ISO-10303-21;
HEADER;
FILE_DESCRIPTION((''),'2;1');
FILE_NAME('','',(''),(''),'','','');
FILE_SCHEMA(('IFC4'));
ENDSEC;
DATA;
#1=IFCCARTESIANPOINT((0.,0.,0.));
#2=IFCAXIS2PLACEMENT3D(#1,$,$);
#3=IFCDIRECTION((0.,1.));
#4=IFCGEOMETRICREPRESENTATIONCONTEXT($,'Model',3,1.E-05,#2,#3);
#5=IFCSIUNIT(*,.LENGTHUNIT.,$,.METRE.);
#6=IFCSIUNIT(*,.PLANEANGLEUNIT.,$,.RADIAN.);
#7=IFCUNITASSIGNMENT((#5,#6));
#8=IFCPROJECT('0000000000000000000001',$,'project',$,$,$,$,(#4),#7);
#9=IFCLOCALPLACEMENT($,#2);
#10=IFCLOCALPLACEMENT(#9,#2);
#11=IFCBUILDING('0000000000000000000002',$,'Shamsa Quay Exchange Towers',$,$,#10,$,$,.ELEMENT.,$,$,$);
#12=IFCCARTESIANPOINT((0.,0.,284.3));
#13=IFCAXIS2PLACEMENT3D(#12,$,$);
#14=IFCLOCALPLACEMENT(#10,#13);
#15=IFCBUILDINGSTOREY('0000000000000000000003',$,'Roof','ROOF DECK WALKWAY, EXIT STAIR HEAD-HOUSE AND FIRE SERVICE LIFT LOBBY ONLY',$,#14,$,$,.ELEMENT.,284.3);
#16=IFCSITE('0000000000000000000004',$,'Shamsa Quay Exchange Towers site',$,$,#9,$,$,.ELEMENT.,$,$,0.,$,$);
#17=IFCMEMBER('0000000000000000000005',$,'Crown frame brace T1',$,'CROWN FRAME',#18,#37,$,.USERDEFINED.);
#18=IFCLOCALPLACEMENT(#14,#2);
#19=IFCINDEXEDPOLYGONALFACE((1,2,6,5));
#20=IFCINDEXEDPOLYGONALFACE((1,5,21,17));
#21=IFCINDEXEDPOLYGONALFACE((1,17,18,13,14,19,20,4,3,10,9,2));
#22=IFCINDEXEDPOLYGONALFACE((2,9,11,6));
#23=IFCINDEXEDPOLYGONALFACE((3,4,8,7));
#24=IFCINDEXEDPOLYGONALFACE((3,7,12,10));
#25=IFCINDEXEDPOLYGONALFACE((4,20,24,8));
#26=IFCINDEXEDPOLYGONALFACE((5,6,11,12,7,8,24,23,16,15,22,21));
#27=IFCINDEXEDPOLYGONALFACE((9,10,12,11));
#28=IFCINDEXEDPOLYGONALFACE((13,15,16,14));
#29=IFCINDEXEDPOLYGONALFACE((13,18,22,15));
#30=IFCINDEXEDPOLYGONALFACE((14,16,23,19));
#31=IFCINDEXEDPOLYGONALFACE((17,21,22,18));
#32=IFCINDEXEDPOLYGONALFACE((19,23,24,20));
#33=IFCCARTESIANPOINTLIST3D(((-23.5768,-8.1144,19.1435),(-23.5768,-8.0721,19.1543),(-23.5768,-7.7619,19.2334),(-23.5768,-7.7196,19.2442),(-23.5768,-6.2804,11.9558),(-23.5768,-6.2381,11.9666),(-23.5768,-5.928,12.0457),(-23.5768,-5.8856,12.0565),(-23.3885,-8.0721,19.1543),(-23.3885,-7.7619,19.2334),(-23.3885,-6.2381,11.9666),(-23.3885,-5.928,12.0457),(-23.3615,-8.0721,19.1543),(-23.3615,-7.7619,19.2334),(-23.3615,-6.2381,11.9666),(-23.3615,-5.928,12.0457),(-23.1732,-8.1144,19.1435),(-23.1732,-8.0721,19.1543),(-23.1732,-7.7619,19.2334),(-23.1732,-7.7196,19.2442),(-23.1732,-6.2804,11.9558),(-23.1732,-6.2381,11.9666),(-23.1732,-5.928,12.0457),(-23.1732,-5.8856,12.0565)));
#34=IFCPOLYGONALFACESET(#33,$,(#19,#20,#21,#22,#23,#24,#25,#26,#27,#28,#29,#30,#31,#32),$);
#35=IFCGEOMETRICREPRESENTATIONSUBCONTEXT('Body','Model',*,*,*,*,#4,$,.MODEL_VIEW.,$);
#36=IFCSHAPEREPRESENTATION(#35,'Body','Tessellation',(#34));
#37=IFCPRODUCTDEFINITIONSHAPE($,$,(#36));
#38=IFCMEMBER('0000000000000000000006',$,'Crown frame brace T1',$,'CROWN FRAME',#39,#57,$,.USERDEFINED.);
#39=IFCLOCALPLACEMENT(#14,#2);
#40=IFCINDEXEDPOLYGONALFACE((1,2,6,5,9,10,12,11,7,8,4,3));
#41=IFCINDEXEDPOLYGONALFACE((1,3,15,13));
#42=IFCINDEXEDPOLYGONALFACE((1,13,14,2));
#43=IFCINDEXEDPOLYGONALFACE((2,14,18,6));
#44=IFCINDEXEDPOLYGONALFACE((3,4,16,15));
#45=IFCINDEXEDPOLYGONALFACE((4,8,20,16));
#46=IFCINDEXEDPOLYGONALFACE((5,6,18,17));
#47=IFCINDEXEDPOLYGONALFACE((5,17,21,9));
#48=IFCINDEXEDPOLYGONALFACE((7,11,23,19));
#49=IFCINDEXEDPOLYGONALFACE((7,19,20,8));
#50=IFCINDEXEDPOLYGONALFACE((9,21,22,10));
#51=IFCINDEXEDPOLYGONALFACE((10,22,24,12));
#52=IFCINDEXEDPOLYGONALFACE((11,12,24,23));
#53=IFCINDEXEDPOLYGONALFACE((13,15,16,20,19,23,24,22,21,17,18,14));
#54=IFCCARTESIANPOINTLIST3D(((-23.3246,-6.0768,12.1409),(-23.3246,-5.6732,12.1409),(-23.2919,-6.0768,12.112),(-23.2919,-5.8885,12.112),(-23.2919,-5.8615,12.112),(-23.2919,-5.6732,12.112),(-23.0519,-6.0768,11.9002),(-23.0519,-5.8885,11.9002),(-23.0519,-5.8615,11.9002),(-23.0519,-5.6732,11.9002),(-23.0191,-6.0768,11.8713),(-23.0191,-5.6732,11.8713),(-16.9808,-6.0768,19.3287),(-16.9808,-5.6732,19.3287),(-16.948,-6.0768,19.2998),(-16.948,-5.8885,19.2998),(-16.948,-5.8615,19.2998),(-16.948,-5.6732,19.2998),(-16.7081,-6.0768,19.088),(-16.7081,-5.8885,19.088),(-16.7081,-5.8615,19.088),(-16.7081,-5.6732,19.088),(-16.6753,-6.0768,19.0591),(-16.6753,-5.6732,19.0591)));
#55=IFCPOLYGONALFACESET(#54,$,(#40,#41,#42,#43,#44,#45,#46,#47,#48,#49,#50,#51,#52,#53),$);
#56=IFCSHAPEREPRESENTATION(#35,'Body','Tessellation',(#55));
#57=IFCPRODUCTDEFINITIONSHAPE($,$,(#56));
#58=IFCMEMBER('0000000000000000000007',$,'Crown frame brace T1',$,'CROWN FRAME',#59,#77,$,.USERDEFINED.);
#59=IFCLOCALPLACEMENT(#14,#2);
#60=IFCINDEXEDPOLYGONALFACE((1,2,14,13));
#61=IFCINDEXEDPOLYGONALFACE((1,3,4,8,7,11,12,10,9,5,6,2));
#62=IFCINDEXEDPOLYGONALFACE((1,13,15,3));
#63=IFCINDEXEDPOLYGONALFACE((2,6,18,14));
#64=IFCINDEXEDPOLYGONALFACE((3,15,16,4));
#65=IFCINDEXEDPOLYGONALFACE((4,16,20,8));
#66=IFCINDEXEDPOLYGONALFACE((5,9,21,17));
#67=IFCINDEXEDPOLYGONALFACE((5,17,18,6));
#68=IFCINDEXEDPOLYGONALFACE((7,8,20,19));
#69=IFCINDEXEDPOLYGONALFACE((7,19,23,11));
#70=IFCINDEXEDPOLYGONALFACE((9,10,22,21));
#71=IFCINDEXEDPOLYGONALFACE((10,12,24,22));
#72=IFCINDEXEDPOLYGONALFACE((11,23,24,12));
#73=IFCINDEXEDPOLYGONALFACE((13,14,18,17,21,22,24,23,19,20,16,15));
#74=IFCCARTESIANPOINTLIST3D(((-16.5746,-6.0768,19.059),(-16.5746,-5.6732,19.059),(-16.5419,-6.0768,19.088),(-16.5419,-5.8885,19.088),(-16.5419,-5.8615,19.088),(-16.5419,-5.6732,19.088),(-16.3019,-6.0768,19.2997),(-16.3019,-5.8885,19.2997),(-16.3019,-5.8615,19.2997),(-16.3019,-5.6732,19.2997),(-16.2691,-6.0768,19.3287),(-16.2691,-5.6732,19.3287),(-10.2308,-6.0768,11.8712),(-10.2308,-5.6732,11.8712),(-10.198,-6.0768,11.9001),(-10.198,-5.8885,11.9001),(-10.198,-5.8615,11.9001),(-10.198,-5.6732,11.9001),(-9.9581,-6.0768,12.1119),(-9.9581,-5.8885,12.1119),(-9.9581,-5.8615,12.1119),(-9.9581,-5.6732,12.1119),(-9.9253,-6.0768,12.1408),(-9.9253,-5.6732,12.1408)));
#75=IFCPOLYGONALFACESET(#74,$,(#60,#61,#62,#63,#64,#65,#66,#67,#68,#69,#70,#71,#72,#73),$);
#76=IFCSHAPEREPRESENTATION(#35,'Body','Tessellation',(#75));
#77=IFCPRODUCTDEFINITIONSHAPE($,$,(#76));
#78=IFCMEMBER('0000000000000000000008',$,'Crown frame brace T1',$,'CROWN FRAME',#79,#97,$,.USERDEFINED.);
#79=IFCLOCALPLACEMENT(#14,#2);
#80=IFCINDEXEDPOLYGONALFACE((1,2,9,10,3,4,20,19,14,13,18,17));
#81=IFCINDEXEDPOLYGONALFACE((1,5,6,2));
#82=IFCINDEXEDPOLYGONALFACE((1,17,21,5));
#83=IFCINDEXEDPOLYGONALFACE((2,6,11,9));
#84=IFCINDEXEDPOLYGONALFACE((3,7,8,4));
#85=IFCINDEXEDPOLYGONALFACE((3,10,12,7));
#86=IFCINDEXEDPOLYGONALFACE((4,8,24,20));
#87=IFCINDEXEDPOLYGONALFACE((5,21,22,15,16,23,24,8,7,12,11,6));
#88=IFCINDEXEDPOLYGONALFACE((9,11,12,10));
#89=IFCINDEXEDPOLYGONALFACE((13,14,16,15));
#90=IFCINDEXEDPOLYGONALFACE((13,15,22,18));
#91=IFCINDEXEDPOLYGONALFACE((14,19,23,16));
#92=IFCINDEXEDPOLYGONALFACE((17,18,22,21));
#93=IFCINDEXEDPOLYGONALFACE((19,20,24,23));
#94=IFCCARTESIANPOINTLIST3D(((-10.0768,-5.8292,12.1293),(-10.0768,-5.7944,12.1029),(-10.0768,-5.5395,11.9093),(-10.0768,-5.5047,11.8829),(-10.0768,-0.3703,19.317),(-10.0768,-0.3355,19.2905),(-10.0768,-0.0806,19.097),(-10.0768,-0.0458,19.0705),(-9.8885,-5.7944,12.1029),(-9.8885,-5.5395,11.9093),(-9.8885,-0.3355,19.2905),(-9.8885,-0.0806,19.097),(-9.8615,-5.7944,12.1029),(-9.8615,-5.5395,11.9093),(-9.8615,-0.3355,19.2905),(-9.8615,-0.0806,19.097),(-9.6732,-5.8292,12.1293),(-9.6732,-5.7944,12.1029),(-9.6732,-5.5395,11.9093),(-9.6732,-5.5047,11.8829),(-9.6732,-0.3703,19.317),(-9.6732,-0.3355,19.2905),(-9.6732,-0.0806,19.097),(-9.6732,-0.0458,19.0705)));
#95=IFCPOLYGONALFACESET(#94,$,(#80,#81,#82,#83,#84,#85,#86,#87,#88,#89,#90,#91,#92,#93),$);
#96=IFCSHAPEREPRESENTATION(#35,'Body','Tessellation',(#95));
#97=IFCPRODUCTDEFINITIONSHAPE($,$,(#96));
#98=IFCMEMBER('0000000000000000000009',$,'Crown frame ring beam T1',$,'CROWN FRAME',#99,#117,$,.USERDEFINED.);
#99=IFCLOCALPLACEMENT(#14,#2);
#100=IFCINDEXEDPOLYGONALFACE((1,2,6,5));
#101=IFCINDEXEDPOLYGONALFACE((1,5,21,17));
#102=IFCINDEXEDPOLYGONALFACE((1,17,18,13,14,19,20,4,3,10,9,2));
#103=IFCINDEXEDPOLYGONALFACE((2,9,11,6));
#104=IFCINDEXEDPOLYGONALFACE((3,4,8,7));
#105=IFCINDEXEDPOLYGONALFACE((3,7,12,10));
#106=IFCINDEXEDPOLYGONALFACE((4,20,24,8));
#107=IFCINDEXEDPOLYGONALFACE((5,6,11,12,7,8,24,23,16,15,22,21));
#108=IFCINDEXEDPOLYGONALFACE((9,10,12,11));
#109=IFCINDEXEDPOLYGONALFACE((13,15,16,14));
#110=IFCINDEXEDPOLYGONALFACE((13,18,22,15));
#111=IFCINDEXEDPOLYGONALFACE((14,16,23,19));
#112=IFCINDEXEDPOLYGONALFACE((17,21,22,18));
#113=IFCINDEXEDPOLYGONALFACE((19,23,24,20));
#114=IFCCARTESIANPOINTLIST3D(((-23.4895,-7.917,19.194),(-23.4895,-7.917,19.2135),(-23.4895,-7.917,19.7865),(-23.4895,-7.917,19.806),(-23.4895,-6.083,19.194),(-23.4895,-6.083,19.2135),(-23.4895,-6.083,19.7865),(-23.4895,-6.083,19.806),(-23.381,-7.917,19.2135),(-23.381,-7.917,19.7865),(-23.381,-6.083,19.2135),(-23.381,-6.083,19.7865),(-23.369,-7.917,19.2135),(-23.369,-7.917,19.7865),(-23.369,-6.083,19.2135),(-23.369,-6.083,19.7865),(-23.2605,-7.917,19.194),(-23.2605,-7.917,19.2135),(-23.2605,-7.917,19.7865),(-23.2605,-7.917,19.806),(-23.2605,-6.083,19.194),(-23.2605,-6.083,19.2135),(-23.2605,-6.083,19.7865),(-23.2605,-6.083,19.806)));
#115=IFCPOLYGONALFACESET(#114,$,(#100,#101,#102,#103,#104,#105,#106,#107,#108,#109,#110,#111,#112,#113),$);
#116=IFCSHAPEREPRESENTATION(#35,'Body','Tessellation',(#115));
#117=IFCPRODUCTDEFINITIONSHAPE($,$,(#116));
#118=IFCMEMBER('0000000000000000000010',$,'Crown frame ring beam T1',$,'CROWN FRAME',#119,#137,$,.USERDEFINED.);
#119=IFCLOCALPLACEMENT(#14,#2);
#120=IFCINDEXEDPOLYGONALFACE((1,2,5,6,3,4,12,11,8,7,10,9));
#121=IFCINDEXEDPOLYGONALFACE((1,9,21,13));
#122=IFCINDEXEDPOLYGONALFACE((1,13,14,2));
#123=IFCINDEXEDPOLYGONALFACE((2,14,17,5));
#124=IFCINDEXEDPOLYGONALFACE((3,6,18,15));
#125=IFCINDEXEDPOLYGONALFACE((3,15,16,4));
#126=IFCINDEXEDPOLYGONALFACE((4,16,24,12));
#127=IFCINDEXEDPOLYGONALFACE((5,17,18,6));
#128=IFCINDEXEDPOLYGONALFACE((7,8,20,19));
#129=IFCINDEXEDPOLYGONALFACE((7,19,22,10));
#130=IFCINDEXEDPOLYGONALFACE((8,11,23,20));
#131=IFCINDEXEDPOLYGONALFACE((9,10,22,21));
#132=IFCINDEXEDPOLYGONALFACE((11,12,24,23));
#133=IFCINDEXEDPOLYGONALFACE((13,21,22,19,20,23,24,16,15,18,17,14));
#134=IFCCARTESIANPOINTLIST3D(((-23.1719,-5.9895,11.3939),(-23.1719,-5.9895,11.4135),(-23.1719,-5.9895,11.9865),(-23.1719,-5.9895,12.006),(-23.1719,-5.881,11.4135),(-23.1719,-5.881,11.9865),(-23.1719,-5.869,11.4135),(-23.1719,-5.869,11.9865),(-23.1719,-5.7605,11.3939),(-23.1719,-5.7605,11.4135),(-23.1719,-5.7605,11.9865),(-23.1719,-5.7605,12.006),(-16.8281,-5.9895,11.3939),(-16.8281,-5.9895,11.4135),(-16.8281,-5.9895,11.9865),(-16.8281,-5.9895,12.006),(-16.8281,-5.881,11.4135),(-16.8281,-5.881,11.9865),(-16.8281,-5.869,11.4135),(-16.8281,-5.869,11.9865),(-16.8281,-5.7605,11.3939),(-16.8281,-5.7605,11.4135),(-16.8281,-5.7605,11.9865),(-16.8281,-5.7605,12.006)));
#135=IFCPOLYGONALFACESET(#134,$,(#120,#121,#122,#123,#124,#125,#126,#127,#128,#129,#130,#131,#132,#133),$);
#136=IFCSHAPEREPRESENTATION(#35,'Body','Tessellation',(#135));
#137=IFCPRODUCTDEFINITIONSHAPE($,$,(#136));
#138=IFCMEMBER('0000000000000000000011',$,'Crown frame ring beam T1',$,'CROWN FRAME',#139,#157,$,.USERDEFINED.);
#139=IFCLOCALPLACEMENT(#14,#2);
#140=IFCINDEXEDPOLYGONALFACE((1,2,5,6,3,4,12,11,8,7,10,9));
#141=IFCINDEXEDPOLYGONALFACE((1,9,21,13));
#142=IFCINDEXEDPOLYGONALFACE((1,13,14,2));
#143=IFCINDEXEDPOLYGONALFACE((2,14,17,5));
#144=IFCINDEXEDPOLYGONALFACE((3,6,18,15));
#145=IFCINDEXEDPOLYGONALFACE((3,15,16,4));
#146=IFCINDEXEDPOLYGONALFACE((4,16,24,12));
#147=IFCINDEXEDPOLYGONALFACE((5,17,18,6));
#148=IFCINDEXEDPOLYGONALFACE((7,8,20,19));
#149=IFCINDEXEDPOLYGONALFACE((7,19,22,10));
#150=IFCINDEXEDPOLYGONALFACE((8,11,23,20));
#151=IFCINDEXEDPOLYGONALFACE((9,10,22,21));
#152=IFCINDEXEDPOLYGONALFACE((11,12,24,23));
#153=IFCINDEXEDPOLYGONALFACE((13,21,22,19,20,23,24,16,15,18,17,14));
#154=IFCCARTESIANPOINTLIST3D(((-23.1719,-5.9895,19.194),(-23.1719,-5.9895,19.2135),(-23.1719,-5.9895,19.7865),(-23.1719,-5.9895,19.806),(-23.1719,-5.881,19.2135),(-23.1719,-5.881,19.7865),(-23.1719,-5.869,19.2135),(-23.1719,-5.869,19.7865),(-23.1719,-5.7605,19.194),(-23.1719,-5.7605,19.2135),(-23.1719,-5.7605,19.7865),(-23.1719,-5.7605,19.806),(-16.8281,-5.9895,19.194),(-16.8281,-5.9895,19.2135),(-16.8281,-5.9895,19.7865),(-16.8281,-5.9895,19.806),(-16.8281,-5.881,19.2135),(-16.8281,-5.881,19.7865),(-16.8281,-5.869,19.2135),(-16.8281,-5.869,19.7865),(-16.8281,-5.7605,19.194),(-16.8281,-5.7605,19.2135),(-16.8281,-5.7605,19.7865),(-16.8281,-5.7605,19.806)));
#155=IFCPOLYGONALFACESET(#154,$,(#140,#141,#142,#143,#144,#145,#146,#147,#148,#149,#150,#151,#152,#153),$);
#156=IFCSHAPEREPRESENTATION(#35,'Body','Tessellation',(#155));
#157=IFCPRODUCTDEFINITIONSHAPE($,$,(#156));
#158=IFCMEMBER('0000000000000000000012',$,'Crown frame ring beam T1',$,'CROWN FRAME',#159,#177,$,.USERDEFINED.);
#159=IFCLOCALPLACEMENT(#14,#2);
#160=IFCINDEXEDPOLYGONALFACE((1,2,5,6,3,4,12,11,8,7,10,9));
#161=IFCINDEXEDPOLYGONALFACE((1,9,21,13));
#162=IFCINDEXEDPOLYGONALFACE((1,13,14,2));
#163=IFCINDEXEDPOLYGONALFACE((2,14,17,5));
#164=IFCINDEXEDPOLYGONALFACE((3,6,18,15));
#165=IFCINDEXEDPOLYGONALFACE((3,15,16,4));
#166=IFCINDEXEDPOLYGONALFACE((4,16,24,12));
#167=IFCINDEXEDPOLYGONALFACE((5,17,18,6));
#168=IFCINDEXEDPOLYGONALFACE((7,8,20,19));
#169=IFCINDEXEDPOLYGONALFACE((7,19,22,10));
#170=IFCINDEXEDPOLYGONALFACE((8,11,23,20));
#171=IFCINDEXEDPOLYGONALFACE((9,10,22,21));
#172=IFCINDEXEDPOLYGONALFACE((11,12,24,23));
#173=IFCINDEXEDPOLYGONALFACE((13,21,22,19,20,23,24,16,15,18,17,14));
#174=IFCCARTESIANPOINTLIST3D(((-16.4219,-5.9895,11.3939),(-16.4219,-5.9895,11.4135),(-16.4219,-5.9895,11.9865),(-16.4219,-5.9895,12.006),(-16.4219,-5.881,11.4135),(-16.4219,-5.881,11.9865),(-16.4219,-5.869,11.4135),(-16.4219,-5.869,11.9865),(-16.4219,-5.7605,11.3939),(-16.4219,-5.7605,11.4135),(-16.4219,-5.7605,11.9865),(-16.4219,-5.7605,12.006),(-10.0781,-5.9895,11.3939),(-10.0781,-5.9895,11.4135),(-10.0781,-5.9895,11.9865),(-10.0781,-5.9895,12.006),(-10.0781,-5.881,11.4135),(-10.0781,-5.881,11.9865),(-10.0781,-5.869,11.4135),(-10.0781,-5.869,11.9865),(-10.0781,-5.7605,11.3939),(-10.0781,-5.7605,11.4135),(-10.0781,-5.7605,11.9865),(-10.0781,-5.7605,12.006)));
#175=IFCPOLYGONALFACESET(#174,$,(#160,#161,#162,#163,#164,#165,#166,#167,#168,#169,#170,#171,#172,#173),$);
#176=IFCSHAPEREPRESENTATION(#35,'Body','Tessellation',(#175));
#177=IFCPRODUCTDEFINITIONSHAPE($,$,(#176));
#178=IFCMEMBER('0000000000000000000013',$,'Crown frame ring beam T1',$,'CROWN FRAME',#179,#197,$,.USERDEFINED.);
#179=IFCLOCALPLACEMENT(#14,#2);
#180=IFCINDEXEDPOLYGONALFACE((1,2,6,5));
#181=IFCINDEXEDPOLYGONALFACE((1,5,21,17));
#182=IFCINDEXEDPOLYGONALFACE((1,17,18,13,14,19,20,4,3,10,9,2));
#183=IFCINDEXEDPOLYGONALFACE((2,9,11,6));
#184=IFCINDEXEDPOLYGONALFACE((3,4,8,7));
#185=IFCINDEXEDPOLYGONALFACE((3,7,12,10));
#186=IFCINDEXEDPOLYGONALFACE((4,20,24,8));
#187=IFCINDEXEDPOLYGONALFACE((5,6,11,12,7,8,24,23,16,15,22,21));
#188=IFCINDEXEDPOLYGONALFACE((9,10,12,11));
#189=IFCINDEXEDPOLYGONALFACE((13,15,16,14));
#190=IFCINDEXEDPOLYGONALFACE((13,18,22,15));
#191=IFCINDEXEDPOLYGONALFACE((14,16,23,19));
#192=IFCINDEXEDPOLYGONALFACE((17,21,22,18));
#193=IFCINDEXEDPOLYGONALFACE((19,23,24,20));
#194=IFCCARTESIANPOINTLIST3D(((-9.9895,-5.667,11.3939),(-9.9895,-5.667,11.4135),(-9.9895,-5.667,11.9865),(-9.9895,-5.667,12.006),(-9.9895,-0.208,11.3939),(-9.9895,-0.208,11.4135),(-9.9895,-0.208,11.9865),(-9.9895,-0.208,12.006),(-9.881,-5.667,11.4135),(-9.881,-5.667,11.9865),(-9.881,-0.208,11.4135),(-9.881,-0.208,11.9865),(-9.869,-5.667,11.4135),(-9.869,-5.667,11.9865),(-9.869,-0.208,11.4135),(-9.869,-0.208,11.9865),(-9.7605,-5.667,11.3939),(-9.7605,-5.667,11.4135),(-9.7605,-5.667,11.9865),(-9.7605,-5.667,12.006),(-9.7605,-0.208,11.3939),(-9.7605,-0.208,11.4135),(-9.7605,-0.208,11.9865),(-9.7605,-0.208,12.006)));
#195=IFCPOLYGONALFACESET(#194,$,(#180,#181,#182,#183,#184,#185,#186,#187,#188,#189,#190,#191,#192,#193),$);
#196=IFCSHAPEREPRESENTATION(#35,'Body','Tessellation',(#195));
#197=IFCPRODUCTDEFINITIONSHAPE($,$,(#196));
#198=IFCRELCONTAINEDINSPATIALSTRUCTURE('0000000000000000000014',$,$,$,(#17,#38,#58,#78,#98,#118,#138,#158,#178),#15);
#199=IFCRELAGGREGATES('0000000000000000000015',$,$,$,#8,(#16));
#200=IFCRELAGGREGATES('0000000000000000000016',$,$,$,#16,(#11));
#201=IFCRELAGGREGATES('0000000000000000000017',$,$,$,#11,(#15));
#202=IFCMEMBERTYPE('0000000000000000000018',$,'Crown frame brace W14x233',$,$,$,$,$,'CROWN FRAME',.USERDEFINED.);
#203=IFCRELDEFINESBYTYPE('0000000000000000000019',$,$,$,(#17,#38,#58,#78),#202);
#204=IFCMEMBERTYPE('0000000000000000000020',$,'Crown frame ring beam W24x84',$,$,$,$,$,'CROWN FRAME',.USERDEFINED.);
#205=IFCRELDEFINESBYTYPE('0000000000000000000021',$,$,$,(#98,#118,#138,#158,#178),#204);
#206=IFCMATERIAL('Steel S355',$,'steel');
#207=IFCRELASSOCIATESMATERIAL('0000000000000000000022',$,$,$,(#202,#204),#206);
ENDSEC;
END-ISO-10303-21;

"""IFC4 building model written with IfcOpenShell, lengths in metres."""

from ifc_helpers import new_model, si_unit, direction, frame, origin, origin_2d, place, context, subcontext, project, spatial, i_section, extrude, material, material_profile, profile_set, type_object, element, save


model = new_model("IFC4")

# Units and contexts
model_context = context("Model", 3, precision=1e-05, world=origin(), true_north=direction((0.0, 1.0)))
body_context = subcontext(model_context, "Body", "Model", "MODEL_VIEW")
ifc_project = project(units=[si_unit("LENGTHUNIT", "METRE"), si_unit("PLANEANGLEUNIT", "RADIAN")], contexts=[model_context])

# Site, building, storey
site_placement = place(None, origin())
site = spatial("IfcSite", under=ifc_project, at=site_placement, Name="Shamsa Quay Exchange Towers site", CompositionType="ELEMENT", RefElevation=0.0)
building_placement = place(site_placement, origin())
building = spatial("IfcBuilding", under=site, at=building_placement, Name="Shamsa Quay Exchange Towers", CompositionType="ELEMENT")
storey_placement = place(building_placement, frame((0.0, 0.0, 284.3)))
storey = spatial("IfcBuildingStorey", under=building, at=storey_placement, Name="Roof", Description="ROOF DECK WALKWAY, EXIT STAIR HEAD-HOUSE AND FIRE SERVICE LIFT LOBBY ONLY", CompositionType="ELEMENT", Elevation=284.3)

# Members
ifc_material_1 = material(Name="Steel S355", Category="steel")
ifc_material_profile_1 = material_profile(ifc_material_1, i_section(OverallWidth=0.4036, OverallDepth=0.4075, WebThickness=0.0271, FlangeThickness=0.0437, at=origin_2d()), Name="W14x233")
ifc_profile_set_1 = profile_set([ifc_material_profile_1], Name="Steel S355")
member_type_1 = type_object("IfcMemberType", Name="Crown frame brace W14x233", ElementType="CROWN FRAME", PredefinedType="USERDEFINED", material=ifc_profile_set_1)
member_1_placement = place(storey_placement, frame((-23.375, -7.917, 19.1938), z_axis=(0.0, 0.247233, -0.968956), x_axis=(-1.0, 0.0, 0.0)))
element("IfcMember", 1, at=member_1_placement, inside=storey, type_object=member_type_1, Name="Crown frame brace T1", ObjectType="CROWN FRAME", PredefinedType="USERDEFINED", context=body_context, shape_type="SweptSolid", body=[
    extrude(i_section(OverallWidth=0.4036, OverallDepth=0.4075, WebThickness=0.0271, FlangeThickness=0.0437, at=origin_2d()), origin(), (0.0, 0.0, 1.0), 7.418),
])
for number, where, z_axis, x_axis, name in (
    (2, (-23.1719, -5.875, 12.0061), (0.661717, 0.0, 0.749754), (0.0, 1.0, 0.0), "Crown frame brace T1"),
    (3, (-16.4219, -5.875, 19.1938), (0.661717, 0.0, -0.749754), (0.0, 1.0, 0.0), "Crown frame brace T1"),
):
    element("IfcMember", number, at=place(storey_placement, frame(where, z_axis=z_axis, x_axis=x_axis)), inside=storey, type_object=member_type_1, Name=name, ObjectType="CROWN FRAME", PredefinedType="USERDEFINED", context=body_context, shape_type="SweptSolid", body=[
        extrude(i_section(OverallWidth=0.4036, OverallDepth=0.4075, WebThickness=0.0271, FlangeThickness=0.0437, at=origin_2d()), origin(), (0.0, 0.0, 1.0), 9.5869),
    ])
member_2_placement = place(storey_placement, frame((-9.875, -5.667, 12.0061), z_axis=(0.0, 0.604823, 0.79636), x_axis=(-1.0, 0.0, 0.0)))
element("IfcMember", 4, at=member_2_placement, inside=storey, type_object=member_type_1, Name="Crown frame brace T1", ObjectType="CROWN FRAME", PredefinedType="USERDEFINED", context=body_context, shape_type="SweptSolid", body=[
    extrude(i_section(OverallWidth=0.4036, OverallDepth=0.4075, WebThickness=0.0271, FlangeThickness=0.0437, at=origin_2d()), origin(), (0.0, 0.0, 1.0), 9.0256),
])
ifc_material_profile_2 = material_profile(ifc_material_1, i_section(OverallWidth=0.229, OverallDepth=0.6121, WebThickness=0.012, FlangeThickness=0.0195, at=origin_2d()), Name="W24x84")
ifc_profile_set_2 = profile_set([ifc_material_profile_2], Name="Steel S355")
member_type_2 = type_object("IfcMemberType", Name="Crown frame ring beam W24x84", ElementType="CROWN FRAME", PredefinedType="USERDEFINED", material=ifc_profile_set_2)
member_3_placement = place(storey_placement, frame((-23.375, -7.917, 19.5), z_axis=(0.0, 1.0, 0.0), x_axis=(-1.0, 0.0, 0.0)))
element("IfcMember", 5, at=member_3_placement, inside=storey, type_object=member_type_2, Name="Crown frame ring beam T1", ObjectType="CROWN FRAME", PredefinedType="USERDEFINED", context=body_context, shape_type="SweptSolid", body=[
    extrude(i_section(OverallWidth=0.229, OverallDepth=0.6121, WebThickness=0.012, FlangeThickness=0.0195, at=origin_2d()), origin(), (0.0, 0.0, 1.0), 1.834),
])
for number, where, z_axis, x_axis, name in (
    (6, (-23.1719, -5.875, 11.7), (1.0, 0.0, 0.0), (0.0, 1.0, 0.0), "Crown frame ring beam T1"),
    (7, (-23.1719, -5.875, 19.5), (1.0, 0.0, 0.0), (0.0, 1.0, 0.0), "Crown frame ring beam T1"),
    (8, (-16.4219, -5.875, 11.7), (1.0, 0.0, 0.0), (0.0, 1.0, 0.0), "Crown frame ring beam T1"),
):
    element("IfcMember", number, at=place(storey_placement, frame(where, z_axis=z_axis, x_axis=x_axis)), inside=storey, type_object=member_type_2, Name=name, ObjectType="CROWN FRAME", PredefinedType="USERDEFINED", context=body_context, shape_type="SweptSolid", body=[
        extrude(i_section(OverallWidth=0.229, OverallDepth=0.6121, WebThickness=0.012, FlangeThickness=0.0195, at=origin_2d()), origin(), (0.0, 0.0, 1.0), 6.3438),
    ])
member_4_placement = place(storey_placement, frame((-9.875, -5.667, 11.7), z_axis=(0.0, 1.0, 0.0), x_axis=(-1.0, 0.0, 0.0)))
element("IfcMember", 9, at=member_4_placement, inside=storey, type_object=member_type_2, Name="Crown frame ring beam T1", ObjectType="CROWN FRAME", PredefinedType="USERDEFINED", context=body_context, shape_type="SweptSolid", body=[
    extrude(i_section(OverallWidth=0.229, OverallDepth=0.6121, WebThickness=0.012, FlangeThickness=0.0195, at=origin_2d()), origin(), (0.0, 0.0, 1.0), 5.459),
])

save(model, "model.ifc")
